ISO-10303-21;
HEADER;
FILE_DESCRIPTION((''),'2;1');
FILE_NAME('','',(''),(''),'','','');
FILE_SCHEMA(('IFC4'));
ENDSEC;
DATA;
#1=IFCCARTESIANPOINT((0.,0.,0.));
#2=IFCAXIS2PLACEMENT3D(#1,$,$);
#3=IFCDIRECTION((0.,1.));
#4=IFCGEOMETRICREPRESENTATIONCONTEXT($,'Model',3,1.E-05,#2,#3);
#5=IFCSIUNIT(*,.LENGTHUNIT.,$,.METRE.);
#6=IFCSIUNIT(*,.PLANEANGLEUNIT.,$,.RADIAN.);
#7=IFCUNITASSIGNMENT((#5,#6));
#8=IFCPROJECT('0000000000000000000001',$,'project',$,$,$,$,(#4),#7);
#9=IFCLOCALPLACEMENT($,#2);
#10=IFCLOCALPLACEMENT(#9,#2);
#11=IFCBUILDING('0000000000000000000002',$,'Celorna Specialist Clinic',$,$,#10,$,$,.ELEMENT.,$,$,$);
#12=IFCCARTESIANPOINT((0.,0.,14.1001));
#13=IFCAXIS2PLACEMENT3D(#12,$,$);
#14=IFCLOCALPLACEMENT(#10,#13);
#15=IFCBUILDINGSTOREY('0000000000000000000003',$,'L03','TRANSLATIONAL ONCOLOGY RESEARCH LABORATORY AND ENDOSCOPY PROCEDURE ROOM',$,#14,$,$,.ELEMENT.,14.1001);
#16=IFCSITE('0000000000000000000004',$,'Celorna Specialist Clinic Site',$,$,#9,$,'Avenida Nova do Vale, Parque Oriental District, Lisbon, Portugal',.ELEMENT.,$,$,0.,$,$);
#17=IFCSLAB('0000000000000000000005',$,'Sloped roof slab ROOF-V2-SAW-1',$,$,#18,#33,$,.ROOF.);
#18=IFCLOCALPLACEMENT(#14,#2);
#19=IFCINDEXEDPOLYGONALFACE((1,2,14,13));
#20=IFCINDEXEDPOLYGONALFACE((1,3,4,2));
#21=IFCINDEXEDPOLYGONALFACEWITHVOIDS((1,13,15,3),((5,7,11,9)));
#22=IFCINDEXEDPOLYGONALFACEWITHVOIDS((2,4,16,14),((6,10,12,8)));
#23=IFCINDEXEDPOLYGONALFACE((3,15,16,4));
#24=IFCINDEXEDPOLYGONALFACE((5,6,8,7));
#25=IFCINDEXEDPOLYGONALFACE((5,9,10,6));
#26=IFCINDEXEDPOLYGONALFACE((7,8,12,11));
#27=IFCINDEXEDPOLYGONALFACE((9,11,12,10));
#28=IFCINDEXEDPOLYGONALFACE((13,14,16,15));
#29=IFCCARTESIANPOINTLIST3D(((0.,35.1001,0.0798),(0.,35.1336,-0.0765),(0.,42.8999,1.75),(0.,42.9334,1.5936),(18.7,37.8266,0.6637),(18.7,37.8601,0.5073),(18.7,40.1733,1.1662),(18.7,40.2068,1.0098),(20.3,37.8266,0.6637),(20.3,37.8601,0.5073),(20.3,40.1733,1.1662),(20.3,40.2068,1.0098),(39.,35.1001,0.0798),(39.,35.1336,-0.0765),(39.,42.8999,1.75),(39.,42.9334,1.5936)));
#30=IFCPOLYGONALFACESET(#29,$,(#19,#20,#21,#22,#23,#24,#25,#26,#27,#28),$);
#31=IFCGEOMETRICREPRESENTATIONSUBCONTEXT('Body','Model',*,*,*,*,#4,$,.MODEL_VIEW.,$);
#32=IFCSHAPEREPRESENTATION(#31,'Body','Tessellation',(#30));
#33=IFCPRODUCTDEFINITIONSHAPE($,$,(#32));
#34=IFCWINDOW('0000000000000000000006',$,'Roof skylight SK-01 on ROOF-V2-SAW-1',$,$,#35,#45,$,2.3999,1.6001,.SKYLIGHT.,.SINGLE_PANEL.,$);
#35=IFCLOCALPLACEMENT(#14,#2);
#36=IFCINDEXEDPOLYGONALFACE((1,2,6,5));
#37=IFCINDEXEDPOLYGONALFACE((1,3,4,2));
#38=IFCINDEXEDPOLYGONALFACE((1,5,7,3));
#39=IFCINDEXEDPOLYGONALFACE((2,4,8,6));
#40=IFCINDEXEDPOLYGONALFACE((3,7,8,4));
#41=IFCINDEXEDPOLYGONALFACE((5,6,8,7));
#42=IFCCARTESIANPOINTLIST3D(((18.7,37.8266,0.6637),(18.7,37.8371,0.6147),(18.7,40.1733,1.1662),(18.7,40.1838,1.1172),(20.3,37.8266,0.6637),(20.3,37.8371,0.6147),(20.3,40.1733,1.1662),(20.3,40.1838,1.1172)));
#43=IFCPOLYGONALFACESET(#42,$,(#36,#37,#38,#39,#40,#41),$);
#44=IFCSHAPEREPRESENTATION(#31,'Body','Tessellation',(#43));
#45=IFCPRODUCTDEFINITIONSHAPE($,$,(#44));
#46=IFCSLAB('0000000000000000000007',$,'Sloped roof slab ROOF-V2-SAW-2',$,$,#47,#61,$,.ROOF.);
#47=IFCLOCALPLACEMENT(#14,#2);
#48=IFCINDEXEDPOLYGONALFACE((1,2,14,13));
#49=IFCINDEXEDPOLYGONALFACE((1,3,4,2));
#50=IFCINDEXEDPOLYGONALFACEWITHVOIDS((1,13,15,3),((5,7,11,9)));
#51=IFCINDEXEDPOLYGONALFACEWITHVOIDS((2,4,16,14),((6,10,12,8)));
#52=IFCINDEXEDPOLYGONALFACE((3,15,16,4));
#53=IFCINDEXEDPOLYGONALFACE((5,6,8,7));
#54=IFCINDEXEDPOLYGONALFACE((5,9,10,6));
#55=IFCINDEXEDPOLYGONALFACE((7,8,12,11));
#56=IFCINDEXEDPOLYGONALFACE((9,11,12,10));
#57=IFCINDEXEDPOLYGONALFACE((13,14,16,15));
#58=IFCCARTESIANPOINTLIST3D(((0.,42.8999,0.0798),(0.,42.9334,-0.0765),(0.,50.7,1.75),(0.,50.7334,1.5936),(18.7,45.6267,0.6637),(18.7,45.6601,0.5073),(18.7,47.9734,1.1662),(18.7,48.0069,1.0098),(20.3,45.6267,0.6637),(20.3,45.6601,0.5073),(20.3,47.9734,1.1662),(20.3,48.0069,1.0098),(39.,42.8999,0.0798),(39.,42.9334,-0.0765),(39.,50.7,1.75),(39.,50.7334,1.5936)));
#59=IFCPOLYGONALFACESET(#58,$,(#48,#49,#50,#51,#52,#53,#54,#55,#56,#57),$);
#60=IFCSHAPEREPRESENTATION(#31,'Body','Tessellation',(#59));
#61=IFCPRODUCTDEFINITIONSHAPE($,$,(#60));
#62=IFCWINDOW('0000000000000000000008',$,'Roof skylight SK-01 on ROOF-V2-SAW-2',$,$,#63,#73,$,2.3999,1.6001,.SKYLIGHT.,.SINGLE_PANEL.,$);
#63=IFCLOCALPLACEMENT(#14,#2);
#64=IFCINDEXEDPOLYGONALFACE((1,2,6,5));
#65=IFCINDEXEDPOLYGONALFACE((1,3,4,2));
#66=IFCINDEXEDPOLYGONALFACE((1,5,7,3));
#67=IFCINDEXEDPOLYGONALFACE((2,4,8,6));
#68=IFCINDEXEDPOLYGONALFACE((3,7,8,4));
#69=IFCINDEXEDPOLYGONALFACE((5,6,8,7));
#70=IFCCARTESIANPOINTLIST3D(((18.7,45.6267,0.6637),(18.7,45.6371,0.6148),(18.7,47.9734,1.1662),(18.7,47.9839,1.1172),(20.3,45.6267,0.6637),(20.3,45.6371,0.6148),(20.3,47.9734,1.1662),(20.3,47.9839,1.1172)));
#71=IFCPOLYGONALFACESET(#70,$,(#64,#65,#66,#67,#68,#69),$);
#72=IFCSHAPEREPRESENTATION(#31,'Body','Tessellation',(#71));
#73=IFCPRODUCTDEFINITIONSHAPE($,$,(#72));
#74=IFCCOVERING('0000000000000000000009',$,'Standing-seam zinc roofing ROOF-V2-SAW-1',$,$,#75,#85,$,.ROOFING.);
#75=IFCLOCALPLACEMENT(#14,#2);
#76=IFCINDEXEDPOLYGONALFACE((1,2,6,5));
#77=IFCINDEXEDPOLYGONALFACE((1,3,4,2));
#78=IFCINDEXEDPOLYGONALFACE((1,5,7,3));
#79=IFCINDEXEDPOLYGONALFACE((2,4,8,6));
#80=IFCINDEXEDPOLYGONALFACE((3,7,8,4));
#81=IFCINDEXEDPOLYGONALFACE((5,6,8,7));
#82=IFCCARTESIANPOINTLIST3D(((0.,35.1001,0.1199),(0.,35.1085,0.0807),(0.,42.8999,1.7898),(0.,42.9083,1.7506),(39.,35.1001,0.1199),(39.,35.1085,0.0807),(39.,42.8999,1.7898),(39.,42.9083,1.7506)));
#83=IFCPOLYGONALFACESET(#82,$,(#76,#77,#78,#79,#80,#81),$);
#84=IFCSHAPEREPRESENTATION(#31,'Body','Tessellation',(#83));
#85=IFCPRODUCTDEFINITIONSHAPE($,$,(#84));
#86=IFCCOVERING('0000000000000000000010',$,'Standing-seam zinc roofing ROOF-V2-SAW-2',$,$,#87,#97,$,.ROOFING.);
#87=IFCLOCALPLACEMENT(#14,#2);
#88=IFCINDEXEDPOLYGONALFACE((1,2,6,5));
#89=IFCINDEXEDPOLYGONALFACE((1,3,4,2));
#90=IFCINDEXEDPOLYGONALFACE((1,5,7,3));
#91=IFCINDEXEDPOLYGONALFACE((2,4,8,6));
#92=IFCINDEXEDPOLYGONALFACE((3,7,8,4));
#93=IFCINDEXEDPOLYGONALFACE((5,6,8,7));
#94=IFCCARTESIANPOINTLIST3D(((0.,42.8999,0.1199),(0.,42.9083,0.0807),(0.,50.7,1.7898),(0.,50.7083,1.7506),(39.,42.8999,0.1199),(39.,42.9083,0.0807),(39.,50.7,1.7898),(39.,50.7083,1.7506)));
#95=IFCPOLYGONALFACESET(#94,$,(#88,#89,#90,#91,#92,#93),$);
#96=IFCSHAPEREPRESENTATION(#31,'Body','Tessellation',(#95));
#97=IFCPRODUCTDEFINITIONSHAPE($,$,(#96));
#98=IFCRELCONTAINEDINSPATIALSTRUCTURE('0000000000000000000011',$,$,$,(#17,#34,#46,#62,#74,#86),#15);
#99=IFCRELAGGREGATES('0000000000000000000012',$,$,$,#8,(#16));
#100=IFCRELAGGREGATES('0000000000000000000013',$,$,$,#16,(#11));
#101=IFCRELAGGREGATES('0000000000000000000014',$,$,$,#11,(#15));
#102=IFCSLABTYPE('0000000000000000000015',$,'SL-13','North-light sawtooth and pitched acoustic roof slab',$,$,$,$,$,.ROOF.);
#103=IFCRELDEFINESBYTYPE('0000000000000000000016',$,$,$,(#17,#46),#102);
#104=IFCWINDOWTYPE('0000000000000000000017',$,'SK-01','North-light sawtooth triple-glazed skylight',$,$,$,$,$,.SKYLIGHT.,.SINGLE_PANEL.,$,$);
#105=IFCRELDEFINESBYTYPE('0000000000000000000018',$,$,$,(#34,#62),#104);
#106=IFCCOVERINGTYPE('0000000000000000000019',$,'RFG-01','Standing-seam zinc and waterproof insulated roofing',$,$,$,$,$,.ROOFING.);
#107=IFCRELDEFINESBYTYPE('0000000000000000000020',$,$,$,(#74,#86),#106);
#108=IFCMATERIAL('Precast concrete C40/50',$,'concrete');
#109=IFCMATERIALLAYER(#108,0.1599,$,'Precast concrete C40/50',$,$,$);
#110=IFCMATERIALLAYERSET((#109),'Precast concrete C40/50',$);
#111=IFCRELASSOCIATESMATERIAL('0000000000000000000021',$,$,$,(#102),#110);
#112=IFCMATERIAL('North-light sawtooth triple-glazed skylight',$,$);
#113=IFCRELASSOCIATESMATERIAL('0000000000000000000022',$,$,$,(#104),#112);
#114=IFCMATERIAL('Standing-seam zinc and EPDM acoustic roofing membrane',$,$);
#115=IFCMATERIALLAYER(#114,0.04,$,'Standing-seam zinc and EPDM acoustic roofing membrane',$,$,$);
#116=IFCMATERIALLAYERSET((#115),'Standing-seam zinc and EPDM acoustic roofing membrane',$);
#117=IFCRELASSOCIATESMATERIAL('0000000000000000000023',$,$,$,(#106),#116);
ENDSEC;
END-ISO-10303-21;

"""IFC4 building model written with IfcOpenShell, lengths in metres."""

from ifc_helpers import new_model, si_unit, direction, frame, origin, origin_2d, place, context, subcontext, project, spatial, polyline, rectangle, outline, extrude, material, layer, layer_set, type_object, element, fill, save


model = new_model("IFC4")

# Units and contexts
model_context = context("Model", 3, precision=1e-05, world=origin(), true_north=direction((0.0, 1.0)))
body_context = subcontext(model_context, "Body", "Model", "MODEL_VIEW")
ifc_project = project(units=[si_unit("LENGTHUNIT", "METRE"), si_unit("PLANEANGLEUNIT", "RADIAN")], contexts=[model_context])

# Site, building, storey
site_placement = place(None, origin())
site = spatial("IfcSite", under=ifc_project, at=site_placement, Name="Celorna Specialist Clinic Site", LongName="Avenida Nova do Vale, Parque Oriental District, Lisbon, Portugal", CompositionType="ELEMENT", RefElevation=0.0)
building_placement = place(site_placement, origin())
building = spatial("IfcBuilding", under=site, at=building_placement, Name="Celorna Specialist Clinic", CompositionType="ELEMENT")
storey_placement = place(building_placement, frame((0.0, 0.0, 14.1001)))
storey = spatial("IfcBuildingStorey", under=building, at=storey_placement, Name="L03", Description="TRANSLATIONAL ONCOLOGY RESEARCH LABORATORY AND ENDOSCOPY PROCEDURE ROOM", CompositionType="ELEMENT", Elevation=14.1001)

# Slabs, openings, windows
ifc_material_1 = material(Name="Precast concrete C40/50", Category="concrete")
ifc_layer_1 = layer(ifc_material_1, 0.1599, Name="Precast concrete C40/50")
ifc_layer_set_1 = layer_set([ifc_layer_1], Name="Precast concrete C40/50")
slab_type = type_object("IfcSlabType", Name="SL-13", Description="North-light sawtooth and pitched acoustic roof slab", PredefinedType="ROOF", material=ifc_layer_set_1)
slab_1_placement = place(storey_placement, frame((0.0, 35.1001, 0.0798), z_axis=(0.0, -0.209383, 0.977834), x_axis=(1.0, 0.0, 0.0)))
slab_1 = element("IfcSlab", 1, at=slab_1_placement, inside=storey, type_object=slab_type, Name="Sloped roof slab ROOF-V2-SAW-1", PredefinedType="ROOF", context=body_context, shape_type="SweptSolid", body=[
    extrude(outline(polyline([(0.0, 0.0), (39.0, 0.0), (39.0, 7.9766), (0.0, 7.9766), (0.0, 0.0)])), origin(), (0.0, 0.0, -1.0), 0.1599),
])
opening_1_placement = place(slab_1_placement, frame((19.5, 3.9883, 0.01)))
opening_1 = element("IfcOpeningElement", 2, at=opening_1_placement, cuts=slab_1, PredefinedType="OPENING", context=body_context, shape_type="SweptSolid", body=[
    extrude(rectangle(XDim=1.6001, YDim=2.3999, at=origin_2d()), origin(), (0.0, 0.0, -1.0), 0.1799),
])
ifc_material_2 = material(Name="North-light sawtooth triple-glazed skylight")
window_type = type_object("IfcWindowType", Name="SK-01", Description="North-light sawtooth triple-glazed skylight", PartitioningType="SINGLE_PANEL", PredefinedType="SKYLIGHT", material=ifc_material_2)
window_1_placement = place(opening_1_placement, frame((0.0, 0.0, -0.01)))
window_1 = element("IfcWindow", 3, at=window_1_placement, inside=storey, type_object=window_type, Name="Roof skylight SK-01 on ROOF-V2-SAW-1", OverallHeight=2.3999, OverallWidth=1.6001, PartitioningType="SINGLE_PANEL", PredefinedType="SKYLIGHT", context=body_context, shape_type="SweptSolid", body=[
    extrude(rectangle(XDim=1.6001, YDim=2.3999, at=origin_2d()), origin(), (0.0, 0.0, -1.0), 0.05),
])
fill(opening_1, window_1)
slab_2_placement = place(storey_placement, frame((0.0, 42.8999, 0.0798), z_axis=(0.0, -0.209377, 0.977835), x_axis=(1.0, 0.0, 0.0)))
slab_2 = element("IfcSlab", 4, at=slab_2_placement, inside=storey, type_object=slab_type, Name="Sloped roof slab ROOF-V2-SAW-2", PredefinedType="ROOF", context=body_context, shape_type="SweptSolid", body=[
    extrude(outline(polyline([(0.0, 0.0), (39.0, 0.0), (39.0, 7.9769), (0.0, 7.9769), (0.0, 0.0)])), origin(), (0.0, 0.0, -1.0), 0.1599),
])
opening_2_placement = place(slab_2_placement, frame((19.5, 3.9885, 0.01)))
opening_2 = element("IfcOpeningElement", 5, at=opening_2_placement, cuts=slab_2, PredefinedType="OPENING", context=body_context, shape_type="SweptSolid", body=[
    extrude(rectangle(XDim=1.6001, YDim=2.3999, at=origin_2d()), origin(), (0.0, 0.0, -1.0), 0.1799),
])
window_2_placement = place(opening_2_placement, frame((0.0, 0.0, -0.01)))
window_2 = element("IfcWindow", 6, at=window_2_placement, inside=storey, type_object=window_type, Name="Roof skylight SK-01 on ROOF-V2-SAW-2", OverallHeight=2.3999, OverallWidth=1.6001, PartitioningType="SINGLE_PANEL", PredefinedType="SKYLIGHT", context=body_context, shape_type="SweptSolid", body=[
    extrude(rectangle(XDim=1.6001, YDim=2.3999, at=origin_2d()), origin(), (0.0, 0.0, -1.0), 0.05),
])
fill(opening_2, window_2)

# Coverings
ifc_material_3 = material(Name="Standing-seam zinc and EPDM acoustic roofing membrane")
ifc_layer_2 = layer(ifc_material_3, 0.04, Name="Standing-seam zinc and EPDM acoustic roofing membrane")
ifc_layer_set_2 = layer_set([ifc_layer_2], Name="Standing-seam zinc and EPDM acoustic roofing membrane")
covering_type = type_object("IfcCoveringType", Name="RFG-01", Description="Standing-seam zinc and waterproof insulated roofing", PredefinedType="ROOFING", material=ifc_layer_set_2)
covering_1_placement = place(storey_placement, frame((0.0, 35.1001, 0.1199), z_axis=(0.0, -0.209354, 0.97784), x_axis=(1.0, 0.0, 0.0)))
element("IfcCovering", 7, at=covering_1_placement, inside=storey, type_object=covering_type, Name="Standing-seam zinc roofing ROOF-V2-SAW-1", PredefinedType="ROOFING", context=body_context, shape_type="SweptSolid", body=[
    extrude(outline(polyline([(0.0, 0.0), (39.0, 0.0), (39.0, 7.9766), (0.0, 7.9766), (0.0, 0.0)])), origin(), (0.0, 0.0, -1.0), 0.04),
])
covering_2_placement = place(storey_placement, frame((0.0, 42.8999, 0.1199), z_axis=(0.0, -0.209347, 0.977841), x_axis=(1.0, 0.0, 0.0)))
element("IfcCovering", 8, at=covering_2_placement, inside=storey, type_object=covering_type, Name="Standing-seam zinc roofing ROOF-V2-SAW-2", PredefinedType="ROOFING", context=body_context, shape_type="SweptSolid", body=[
    extrude(outline(polyline([(0.0, 0.0), (39.0, 0.0), (39.0, 7.9768), (0.0, 7.9768), (0.0, 0.0)])), origin(), (0.0, 0.0, -1.0), 0.04),
])

save(model, "model.ifc")
